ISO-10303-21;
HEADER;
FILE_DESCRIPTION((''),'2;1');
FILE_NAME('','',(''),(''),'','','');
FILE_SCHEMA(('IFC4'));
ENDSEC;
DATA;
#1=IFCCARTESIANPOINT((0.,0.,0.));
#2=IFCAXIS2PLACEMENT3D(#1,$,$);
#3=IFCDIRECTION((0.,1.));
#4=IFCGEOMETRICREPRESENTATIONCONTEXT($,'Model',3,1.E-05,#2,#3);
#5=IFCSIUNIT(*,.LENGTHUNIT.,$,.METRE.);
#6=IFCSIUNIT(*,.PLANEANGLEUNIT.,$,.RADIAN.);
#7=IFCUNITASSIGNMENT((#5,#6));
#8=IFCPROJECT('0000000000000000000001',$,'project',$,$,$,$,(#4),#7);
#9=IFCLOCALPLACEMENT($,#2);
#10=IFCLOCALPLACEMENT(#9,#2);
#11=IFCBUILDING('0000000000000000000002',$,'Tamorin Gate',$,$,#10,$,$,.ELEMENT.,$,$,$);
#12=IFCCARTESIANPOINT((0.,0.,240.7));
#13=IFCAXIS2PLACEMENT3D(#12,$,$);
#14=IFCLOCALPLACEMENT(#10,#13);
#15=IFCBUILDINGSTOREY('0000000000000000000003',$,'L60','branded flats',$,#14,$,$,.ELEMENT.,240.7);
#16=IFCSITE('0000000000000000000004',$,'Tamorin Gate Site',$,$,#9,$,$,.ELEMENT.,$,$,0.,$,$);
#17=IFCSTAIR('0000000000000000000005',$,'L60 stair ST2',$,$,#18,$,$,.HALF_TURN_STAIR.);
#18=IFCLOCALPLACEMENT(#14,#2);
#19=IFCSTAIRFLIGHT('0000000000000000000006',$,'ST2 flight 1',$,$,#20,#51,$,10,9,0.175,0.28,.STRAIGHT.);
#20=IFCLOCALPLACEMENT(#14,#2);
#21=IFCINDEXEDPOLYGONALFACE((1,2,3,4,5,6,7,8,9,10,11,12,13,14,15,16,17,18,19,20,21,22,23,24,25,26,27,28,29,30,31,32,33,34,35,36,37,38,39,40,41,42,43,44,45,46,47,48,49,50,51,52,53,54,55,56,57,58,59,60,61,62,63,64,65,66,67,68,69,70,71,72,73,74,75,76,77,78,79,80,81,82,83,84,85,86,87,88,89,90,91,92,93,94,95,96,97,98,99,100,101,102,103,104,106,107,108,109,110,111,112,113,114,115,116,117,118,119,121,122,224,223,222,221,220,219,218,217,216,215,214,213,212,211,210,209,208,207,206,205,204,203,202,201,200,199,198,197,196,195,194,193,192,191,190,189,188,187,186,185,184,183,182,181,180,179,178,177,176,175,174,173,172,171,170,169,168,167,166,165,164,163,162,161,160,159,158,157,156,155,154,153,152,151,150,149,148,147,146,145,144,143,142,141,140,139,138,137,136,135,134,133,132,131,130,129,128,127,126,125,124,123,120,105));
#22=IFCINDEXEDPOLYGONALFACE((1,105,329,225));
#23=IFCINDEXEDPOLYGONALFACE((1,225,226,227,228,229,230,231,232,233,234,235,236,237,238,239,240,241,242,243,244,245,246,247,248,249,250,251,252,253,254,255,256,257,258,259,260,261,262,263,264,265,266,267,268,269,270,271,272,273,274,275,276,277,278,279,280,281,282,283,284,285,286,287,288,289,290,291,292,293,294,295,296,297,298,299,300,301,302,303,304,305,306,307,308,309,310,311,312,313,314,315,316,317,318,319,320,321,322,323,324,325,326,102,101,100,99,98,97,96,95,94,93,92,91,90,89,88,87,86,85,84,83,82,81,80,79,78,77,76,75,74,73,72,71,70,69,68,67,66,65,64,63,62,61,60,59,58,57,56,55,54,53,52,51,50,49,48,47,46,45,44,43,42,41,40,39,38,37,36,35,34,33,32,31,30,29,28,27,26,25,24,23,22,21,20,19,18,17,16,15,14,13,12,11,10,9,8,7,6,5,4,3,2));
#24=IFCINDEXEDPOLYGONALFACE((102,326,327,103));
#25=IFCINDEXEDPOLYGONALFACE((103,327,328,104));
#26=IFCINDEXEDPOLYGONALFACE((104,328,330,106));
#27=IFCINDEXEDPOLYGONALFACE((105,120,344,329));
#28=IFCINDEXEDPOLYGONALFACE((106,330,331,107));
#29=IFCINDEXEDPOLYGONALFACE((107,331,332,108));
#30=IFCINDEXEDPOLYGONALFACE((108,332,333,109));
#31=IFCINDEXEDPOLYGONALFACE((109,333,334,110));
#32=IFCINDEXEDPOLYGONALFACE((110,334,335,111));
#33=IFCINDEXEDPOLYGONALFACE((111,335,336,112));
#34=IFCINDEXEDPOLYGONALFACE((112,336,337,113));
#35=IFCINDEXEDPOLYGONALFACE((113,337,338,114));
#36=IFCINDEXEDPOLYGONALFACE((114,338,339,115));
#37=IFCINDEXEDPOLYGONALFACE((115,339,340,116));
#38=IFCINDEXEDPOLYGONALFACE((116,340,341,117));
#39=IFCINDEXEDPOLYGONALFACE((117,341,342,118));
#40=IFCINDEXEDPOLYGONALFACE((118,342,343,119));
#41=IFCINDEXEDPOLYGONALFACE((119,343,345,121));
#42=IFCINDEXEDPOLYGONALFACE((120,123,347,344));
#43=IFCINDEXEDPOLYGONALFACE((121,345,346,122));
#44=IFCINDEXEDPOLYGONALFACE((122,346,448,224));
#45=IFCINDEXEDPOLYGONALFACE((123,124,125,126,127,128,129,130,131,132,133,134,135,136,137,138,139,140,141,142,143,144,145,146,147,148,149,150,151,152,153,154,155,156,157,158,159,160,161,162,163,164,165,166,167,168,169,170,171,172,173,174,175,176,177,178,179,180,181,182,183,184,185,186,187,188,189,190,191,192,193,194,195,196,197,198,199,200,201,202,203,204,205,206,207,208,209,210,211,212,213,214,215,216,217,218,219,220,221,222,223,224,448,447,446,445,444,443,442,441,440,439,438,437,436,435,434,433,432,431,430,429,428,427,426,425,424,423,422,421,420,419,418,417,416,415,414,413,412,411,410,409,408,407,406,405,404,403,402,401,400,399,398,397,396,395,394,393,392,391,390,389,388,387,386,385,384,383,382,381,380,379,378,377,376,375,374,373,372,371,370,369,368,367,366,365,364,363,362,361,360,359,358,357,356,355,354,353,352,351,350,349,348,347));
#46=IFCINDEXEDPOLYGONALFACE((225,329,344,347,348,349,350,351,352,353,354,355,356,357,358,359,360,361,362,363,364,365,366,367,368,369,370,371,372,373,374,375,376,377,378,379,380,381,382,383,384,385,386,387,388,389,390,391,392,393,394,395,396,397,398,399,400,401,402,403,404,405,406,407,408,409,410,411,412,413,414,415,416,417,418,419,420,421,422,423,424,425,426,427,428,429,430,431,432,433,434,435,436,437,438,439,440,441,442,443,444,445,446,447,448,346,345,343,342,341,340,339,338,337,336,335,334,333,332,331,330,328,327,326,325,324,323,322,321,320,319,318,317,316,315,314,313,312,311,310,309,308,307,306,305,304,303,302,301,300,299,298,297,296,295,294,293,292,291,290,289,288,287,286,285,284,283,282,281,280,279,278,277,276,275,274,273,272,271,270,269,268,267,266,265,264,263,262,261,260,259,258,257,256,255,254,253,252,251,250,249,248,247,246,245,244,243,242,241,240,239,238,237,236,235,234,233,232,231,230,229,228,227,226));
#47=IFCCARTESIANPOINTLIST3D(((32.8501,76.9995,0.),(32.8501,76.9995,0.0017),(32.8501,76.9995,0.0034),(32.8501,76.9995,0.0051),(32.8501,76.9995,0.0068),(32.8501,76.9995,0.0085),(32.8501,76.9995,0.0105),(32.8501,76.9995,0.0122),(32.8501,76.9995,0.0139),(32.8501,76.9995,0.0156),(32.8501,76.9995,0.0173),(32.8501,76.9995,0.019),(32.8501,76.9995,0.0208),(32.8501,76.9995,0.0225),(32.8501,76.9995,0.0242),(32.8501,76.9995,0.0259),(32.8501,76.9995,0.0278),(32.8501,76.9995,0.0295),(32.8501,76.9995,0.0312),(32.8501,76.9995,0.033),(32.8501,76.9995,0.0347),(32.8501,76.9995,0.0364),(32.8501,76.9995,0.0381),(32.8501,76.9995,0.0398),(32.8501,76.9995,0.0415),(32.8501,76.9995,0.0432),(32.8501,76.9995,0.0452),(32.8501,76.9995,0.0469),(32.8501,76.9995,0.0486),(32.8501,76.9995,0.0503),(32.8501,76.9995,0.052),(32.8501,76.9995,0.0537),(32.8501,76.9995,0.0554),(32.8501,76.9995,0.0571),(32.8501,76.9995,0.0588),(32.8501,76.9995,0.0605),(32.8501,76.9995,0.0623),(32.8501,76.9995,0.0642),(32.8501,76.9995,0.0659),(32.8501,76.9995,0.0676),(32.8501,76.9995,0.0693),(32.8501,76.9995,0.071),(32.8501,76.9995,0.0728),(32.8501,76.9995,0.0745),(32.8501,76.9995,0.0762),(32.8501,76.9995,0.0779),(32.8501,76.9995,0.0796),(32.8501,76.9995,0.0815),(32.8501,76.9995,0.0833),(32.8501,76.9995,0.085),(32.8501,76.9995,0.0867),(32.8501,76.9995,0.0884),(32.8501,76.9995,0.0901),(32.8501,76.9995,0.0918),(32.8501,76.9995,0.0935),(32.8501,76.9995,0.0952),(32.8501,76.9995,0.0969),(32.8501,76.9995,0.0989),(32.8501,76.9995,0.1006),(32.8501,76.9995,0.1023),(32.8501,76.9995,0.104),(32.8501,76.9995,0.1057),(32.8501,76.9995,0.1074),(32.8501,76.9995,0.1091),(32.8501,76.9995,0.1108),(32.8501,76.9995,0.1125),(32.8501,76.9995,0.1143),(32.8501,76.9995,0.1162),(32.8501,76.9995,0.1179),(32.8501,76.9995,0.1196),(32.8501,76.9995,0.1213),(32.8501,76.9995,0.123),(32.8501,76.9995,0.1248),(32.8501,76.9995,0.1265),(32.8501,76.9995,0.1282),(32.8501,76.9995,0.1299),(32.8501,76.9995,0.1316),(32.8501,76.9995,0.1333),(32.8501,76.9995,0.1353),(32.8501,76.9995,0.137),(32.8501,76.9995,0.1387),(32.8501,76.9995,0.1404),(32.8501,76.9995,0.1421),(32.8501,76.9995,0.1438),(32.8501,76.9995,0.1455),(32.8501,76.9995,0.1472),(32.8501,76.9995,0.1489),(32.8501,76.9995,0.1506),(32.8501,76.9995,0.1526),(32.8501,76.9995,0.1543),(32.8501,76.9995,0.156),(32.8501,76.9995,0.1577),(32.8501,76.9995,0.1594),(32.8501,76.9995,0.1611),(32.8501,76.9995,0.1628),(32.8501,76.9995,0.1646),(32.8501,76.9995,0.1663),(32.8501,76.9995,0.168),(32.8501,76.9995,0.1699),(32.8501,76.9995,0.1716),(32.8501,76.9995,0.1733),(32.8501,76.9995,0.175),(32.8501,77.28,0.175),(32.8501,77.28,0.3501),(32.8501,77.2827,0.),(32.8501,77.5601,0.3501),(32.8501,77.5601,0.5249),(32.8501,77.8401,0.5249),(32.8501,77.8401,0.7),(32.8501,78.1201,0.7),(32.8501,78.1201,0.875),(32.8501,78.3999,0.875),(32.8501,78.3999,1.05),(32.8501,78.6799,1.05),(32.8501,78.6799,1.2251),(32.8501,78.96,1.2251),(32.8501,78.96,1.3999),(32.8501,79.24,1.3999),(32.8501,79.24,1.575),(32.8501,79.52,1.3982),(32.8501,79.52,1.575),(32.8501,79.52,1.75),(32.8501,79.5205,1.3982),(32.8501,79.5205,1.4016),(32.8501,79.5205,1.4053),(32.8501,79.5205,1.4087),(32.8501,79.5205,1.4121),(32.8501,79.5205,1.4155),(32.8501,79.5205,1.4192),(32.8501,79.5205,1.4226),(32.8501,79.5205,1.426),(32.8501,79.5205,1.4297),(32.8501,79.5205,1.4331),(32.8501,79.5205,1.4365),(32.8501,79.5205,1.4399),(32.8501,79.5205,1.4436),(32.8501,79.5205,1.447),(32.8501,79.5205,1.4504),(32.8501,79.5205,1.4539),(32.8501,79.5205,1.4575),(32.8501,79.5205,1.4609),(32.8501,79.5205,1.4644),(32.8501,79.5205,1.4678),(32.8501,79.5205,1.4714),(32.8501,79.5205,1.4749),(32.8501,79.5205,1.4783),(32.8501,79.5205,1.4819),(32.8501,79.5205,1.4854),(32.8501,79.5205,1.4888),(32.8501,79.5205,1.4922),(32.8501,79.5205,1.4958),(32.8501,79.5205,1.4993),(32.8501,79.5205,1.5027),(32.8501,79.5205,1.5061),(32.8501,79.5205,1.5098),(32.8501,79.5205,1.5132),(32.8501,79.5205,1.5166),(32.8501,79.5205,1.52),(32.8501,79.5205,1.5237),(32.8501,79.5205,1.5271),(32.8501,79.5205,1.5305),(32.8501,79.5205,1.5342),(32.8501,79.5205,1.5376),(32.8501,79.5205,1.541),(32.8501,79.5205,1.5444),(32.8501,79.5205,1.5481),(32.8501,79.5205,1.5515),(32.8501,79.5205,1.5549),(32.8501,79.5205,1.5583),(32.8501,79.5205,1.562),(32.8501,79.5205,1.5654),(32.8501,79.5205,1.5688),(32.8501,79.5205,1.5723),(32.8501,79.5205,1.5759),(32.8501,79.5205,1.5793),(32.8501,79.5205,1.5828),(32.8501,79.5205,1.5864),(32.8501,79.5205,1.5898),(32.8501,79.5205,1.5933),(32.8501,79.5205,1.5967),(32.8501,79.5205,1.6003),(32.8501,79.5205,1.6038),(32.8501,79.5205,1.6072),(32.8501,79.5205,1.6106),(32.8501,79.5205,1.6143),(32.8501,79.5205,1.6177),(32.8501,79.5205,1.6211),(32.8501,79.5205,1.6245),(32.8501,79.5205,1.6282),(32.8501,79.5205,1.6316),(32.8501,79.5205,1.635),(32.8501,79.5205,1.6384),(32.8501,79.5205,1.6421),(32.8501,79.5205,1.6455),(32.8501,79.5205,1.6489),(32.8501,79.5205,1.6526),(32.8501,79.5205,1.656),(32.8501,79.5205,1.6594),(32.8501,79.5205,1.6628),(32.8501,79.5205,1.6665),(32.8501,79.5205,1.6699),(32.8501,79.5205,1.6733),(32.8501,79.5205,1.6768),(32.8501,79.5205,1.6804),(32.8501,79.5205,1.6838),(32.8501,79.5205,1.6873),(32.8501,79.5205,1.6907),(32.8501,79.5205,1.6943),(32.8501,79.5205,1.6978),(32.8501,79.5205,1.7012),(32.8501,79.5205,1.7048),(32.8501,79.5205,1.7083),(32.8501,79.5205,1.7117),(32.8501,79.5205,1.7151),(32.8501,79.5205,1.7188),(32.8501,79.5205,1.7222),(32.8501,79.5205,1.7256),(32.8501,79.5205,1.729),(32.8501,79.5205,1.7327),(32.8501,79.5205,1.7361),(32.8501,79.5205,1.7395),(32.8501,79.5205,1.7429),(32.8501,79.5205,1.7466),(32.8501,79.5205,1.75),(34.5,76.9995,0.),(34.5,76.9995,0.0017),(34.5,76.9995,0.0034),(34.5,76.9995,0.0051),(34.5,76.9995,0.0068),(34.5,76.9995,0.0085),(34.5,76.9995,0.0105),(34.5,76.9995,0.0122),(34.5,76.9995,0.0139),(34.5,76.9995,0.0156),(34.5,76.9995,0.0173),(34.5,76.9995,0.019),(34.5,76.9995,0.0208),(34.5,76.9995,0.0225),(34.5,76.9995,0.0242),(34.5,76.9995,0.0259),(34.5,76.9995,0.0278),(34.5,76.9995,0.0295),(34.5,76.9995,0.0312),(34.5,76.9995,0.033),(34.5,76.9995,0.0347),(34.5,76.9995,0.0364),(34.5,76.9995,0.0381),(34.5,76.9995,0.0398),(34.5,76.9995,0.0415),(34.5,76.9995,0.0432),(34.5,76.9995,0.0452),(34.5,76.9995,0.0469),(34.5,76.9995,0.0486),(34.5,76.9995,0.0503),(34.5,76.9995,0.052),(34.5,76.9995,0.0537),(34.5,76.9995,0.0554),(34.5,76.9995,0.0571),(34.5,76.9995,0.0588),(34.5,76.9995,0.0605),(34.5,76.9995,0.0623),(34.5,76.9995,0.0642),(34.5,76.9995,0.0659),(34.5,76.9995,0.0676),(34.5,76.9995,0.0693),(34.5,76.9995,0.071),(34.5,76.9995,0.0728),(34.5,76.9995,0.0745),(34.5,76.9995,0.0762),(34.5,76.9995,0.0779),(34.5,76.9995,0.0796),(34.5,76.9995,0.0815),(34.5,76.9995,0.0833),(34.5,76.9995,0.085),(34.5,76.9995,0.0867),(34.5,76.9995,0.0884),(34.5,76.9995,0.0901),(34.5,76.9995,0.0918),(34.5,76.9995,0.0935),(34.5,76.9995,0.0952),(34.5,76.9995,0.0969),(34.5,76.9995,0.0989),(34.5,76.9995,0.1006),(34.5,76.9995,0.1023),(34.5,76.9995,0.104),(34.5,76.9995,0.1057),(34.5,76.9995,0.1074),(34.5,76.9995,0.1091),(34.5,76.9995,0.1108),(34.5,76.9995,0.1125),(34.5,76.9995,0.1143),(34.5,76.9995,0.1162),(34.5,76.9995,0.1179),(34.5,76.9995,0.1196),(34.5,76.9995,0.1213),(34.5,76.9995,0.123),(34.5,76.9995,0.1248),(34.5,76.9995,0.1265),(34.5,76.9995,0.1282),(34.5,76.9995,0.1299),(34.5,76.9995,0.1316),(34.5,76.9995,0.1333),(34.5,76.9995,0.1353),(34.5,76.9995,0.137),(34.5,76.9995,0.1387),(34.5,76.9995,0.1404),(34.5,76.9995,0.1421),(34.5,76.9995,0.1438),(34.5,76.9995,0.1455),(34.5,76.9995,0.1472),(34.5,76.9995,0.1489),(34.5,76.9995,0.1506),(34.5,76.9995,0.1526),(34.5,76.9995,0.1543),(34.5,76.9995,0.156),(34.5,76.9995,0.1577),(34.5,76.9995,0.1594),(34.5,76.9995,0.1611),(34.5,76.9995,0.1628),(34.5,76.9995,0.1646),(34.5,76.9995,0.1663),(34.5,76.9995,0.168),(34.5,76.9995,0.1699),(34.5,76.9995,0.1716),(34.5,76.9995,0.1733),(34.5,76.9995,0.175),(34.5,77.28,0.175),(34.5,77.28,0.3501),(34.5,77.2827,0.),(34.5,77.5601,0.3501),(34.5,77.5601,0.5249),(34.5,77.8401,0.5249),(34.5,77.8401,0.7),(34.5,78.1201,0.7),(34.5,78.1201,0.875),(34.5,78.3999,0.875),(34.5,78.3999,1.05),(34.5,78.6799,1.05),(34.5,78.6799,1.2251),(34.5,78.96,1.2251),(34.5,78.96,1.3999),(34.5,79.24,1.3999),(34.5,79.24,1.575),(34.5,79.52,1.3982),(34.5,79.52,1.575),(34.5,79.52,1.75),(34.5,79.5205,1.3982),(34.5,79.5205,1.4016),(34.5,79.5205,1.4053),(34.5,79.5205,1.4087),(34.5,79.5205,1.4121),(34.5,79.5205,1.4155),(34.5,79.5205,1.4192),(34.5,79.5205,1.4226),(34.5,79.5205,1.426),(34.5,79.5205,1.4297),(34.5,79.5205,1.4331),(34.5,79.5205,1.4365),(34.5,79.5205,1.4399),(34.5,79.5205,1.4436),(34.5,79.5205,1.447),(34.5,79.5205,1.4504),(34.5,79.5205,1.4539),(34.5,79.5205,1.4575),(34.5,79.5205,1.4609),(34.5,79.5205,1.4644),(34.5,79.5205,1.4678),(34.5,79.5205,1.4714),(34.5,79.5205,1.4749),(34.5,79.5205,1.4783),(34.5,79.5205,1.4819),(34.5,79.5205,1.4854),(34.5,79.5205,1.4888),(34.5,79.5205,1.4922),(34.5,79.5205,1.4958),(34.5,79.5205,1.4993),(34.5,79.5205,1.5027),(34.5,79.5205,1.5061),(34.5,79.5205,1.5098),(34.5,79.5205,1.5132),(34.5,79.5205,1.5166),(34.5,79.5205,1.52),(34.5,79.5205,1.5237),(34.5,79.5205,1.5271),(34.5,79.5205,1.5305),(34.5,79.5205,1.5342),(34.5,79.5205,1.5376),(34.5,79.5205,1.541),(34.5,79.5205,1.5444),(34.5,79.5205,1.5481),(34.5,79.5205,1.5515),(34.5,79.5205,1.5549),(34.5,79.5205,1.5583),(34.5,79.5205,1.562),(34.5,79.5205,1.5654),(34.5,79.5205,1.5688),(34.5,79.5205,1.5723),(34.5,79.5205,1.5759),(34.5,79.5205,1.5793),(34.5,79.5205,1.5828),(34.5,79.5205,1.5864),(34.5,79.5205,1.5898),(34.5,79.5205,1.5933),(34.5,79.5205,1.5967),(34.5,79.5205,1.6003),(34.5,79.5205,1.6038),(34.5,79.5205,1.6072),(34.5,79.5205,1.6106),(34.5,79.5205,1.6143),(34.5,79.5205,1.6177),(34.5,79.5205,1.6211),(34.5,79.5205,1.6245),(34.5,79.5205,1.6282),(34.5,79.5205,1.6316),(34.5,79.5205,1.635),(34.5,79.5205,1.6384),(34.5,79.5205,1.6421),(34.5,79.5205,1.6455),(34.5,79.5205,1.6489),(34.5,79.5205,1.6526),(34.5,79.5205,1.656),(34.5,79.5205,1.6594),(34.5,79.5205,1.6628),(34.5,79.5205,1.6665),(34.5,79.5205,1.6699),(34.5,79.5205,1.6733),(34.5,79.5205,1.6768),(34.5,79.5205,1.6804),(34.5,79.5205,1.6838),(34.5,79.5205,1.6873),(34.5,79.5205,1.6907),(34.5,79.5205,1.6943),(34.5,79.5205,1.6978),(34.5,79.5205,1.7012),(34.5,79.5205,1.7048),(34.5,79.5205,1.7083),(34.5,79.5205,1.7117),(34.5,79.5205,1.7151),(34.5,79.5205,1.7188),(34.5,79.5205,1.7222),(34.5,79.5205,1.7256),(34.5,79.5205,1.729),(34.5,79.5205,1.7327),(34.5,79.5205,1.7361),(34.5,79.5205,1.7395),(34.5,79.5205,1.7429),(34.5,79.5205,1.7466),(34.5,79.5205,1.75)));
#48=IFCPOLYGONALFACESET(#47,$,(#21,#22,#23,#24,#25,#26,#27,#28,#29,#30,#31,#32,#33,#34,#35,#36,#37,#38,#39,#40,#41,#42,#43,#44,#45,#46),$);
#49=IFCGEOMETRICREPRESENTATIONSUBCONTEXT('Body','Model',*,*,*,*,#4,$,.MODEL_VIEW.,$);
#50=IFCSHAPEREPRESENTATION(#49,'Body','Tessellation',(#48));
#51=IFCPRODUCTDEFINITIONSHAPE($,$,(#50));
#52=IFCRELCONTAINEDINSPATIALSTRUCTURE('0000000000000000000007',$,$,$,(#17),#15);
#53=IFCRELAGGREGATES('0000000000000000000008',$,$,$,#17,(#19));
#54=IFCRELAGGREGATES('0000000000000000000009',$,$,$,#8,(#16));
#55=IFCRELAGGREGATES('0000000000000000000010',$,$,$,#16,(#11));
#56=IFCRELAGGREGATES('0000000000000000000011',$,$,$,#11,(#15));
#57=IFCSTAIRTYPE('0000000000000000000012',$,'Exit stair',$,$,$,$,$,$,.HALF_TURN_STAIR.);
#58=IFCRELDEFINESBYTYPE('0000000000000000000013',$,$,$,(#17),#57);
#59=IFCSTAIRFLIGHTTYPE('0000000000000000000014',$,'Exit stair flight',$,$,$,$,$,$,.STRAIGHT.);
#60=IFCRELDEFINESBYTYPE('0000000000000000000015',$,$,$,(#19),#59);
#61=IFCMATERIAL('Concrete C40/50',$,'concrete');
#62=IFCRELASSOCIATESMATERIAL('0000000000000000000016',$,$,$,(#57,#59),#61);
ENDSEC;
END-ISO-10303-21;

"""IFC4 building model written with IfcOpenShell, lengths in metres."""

from ifc_helpers import new_model, si_unit, direction, frame, origin, place, context, subcontext, project, spatial, polyline, outline, extrude, material, type_object, element, aggregate, save


model = new_model("IFC4")

# Units and contexts
model_context = context("Model", 3, precision=1e-05, world=origin(), true_north=direction((0.0, 1.0)))
body_context = subcontext(model_context, "Body", "Model", "MODEL_VIEW")
ifc_project = project(units=[si_unit("LENGTHUNIT", "METRE"), si_unit("PLANEANGLEUNIT", "RADIAN")], contexts=[model_context])

# Site, building, storey
site_placement = place(None, origin())
site = spatial("IfcSite", under=ifc_project, at=site_placement, Name="Tamorin Gate Site", CompositionType="ELEMENT", RefElevation=0.0)
building_placement = place(site_placement, origin())
building = spatial("IfcBuilding", under=site, at=building_placement, Name="Tamorin Gate", CompositionType="ELEMENT")
storey_placement = place(building_placement, frame((0.0, 0.0, 240.7)))
storey = spatial("IfcBuildingStorey", under=building, at=storey_placement, Name="L60", Description="branded flats", CompositionType="ELEMENT", Elevation=240.7)

# Shared definitions
ifc_material_1 = material(Name="Concrete C40/50", Category="concrete")

# Stair, stair flight
stair_type = type_object("IfcStairType", Name="Exit stair", PredefinedType="HALF_TURN_STAIR", material=ifc_material_1)
stair_flight_type = type_object("IfcStairFlightType", Name="Exit stair flight", PredefinedType="STRAIGHT", material=ifc_material_1)
stair_1_placement = place(storey_placement, origin())
stair_1 = element("IfcStair", 1, at=stair_1_placement, inside=storey, type_object=stair_type, Name="L60 stair ST2", PredefinedType="HALF_TURN_STAIR")
stair_flight_1_placement = place(storey_placement, frame((33.675, 77.0, 0.0), z_axis=(0.0, 0.0, 1.0), x_axis=(0.0, 1.0, 0.0)))
stair_flight_1 = element("IfcStairFlight", 2, at=stair_flight_1_placement, type_object=stair_flight_type, Name="ST2 flight 1", NumberOfRisers=10, NumberOfTreads=9, PredefinedType="STRAIGHT", RiserHeight=0.175, TreadLength=0.28, context=body_context, shape_type="SweptSolid", body=[
    extrude(outline(polyline([(-0.0005, 0.0), (-0.0005, 0.0017), (-0.0005, 0.0034), (-0.0005, 0.0051), (-0.0005, 0.0068), (-0.0005, 0.0085), (-0.0005, 0.0105), (-0.0005, 0.0122), (-0.0005, 0.0139), (-0.0005, 0.0156), (-0.0005, 0.0173), (-0.0005, 0.019), (-0.0005, 0.0208), (-0.0005, 0.0225), (-0.0005, 0.0242), (-0.0005, 0.0259), (-0.0005, 0.0278), (-0.0005, 0.0295), (-0.0005, 0.0312), (-0.0005, 0.033), (-0.0005, 0.0347), (-0.0005, 0.0364), (-0.0005, 0.0381), (-0.0005, 0.0398), (-0.0005, 0.0415), (-0.0005, 0.0432), (-0.0005, 0.0452), (-0.0005, 0.0469), (-0.0005, 0.0486), (-0.0005, 0.0503), (-0.0005, 0.052), (-0.0005, 0.0537), (-0.0005, 0.0554), (-0.0005, 0.0571), (-0.0005, 0.0588), (-0.0005, 0.0605), (-0.0005, 0.0623), (-0.0005, 0.0642), (-0.0005, 0.0659), (-0.0005, 0.0676), (-0.0005, 0.0693), (-0.0005, 0.071), (-0.0005, 0.0728), (-0.0005, 0.0745), (-0.0005, 0.0762), (-0.0005, 0.0779), (-0.0005, 0.0796), (-0.0005, 0.0815), (-0.0005, 0.0833), (-0.0005, 0.085), (-0.0005, 0.0867), (-0.0005, 0.0884), (-0.0005, 0.0901), (-0.0005, 0.0918), (-0.0005, 0.0935), (-0.0005, 0.0952), (-0.0005, 0.0969), (-0.0005, 0.0989), (-0.0005, 0.1006), (-0.0005, 0.1023), (-0.0005, 0.104), (-0.0005, 0.1057), (-0.0005, 0.1074), (-0.0005, 0.1091), (-0.0005, 0.1108), (-0.0005, 0.1125), (-0.0005, 0.1143), (-0.0005, 0.1162), (-0.0005, 0.1179), (-0.0005, 0.1196), (-0.0005, 0.1213), (-0.0005, 0.123), (-0.0005, 0.1248), (-0.0005, 0.1265), (-0.0005, 0.1282), (-0.0005, 0.1299), (-0.0005, 0.1316), (-0.0005, 0.1333), (-0.0005, 0.1353), (-0.0005, 0.137), (-0.0005, 0.1387), (-0.0005, 0.1404), (-0.0005, 0.1421), (-0.0005, 0.1438), (-0.0005, 0.1455), (-0.0005, 0.1472), (-0.0005, 0.1489), (-0.0005, 0.1506), (-0.0005, 0.1526), (-0.0005, 0.1543), (-0.0005, 0.156), (-0.0005, 0.1577), (-0.0005, 0.1594), (-0.0005, 0.1611), (-0.0005, 0.1628), (-0.0005, 0.1646), (-0.0005, 0.1663), (-0.0005, 0.168), (-0.0005, 0.1699), (-0.0005, 0.1716), (-0.0005, 0.1733), (-0.0005, 0.175), (0.28, 0.175), (0.28, 0.3501), (0.5601, 0.3501), (0.5601, 0.5249), (0.8401, 0.5249), (0.8401, 0.7), (1.1201, 0.7), (1.1201, 0.875), (1.3999, 0.875), (1.3999, 1.05), (1.6799, 1.05), (1.6799, 1.2251), (1.96, 1.2251), (1.96, 1.3999), (2.24, 1.3999), (2.24, 1.575), (2.52, 1.575), (2.52, 1.75), (2.5205, 1.75), (2.5205, 1.7466), (2.5205, 1.7429), (2.5205, 1.7395), (2.5205, 1.7361), (2.5205, 1.7327), (2.5205, 1.729), (2.5205, 1.7256), (2.5205, 1.7222), (2.5205, 1.7188), (2.5205, 1.7151), (2.5205, 1.7117), (2.5205, 1.7083), (2.5205, 1.7048), (2.5205, 1.7012), (2.5205, 1.6978), (2.5205, 1.6943), (2.5205, 1.6907), (2.5205, 1.6873), (2.5205, 1.6838), (2.5205, 1.6804), (2.5205, 1.6768), (2.5205, 1.6733), (2.5205, 1.6699), (2.5205, 1.6665), (2.5205, 1.6628), (2.5205, 1.6594), (2.5205, 1.656), (2.5205, 1.6526), (2.5205, 1.6489), (2.5205, 1.6455), (2.5205, 1.6421), (2.5205, 1.6384), (2.5205, 1.635), (2.5205, 1.6316), (2.5205, 1.6282), (2.5205, 1.6245), (2.5205, 1.6211), (2.5205, 1.6177), (2.5205, 1.6143), (2.5205, 1.6106), (2.5205, 1.6072), (2.5205, 1.6038), (2.5205, 1.6003), (2.5205, 1.5967), (2.5205, 1.5933), (2.5205, 1.5898), (2.5205, 1.5864), (2.5205, 1.5828), (2.5205, 1.5793), (2.5205, 1.5759), (2.5205, 1.5723), (2.5205, 1.5688), (2.5205, 1.5654), (2.5205, 1.562), (2.5205, 1.5583), (2.5205, 1.5549), (2.5205, 1.5515), (2.5205, 1.5481), (2.5205, 1.5444), (2.5205, 1.541), (2.5205, 1.5376), (2.5205, 1.5342), (2.5205, 1.5305), (2.5205, 1.5271), (2.5205, 1.5237), (2.5205, 1.52), (2.5205, 1.5166), (2.5205, 1.5132), (2.5205, 1.5098), (2.5205, 1.5061), (2.5205, 1.5027), (2.5205, 1.4993), (2.5205, 1.4958), (2.5205, 1.4922), (2.5205, 1.4888), (2.5205, 1.4854), (2.5205, 1.4819), (2.5205, 1.4783), (2.5205, 1.4749), (2.5205, 1.4714), (2.5205, 1.4678), (2.5205, 1.4644), (2.5205, 1.4609), (2.5205, 1.4575), (2.5205, 1.4539), (2.5205, 1.4504), (2.5205, 1.447), (2.5205, 1.4436), (2.5205, 1.4399), (2.5205, 1.4365), (2.5205, 1.4331), (2.5205, 1.4297), (2.5205, 1.426), (2.5205, 1.4226), (2.5205, 1.4192), (2.5205, 1.4155), (2.5205, 1.4121), (2.5205, 1.4087), (2.5205, 1.4053), (2.5205, 1.4016), (2.5205, 1.3982), (2.52, 1.3982), (0.2827, 0.0), (-0.0005, 0.0)])), frame((0.0, 0.825, 0.0), z_axis=(0.0, -1.0, 0.0), x_axis=(1.0, 0.0, 0.0)), (0.0, 0.0, 1.0), 1.6499),
])
aggregate(stair_1, [stair_flight_1])

save(model, "model.ifc")
